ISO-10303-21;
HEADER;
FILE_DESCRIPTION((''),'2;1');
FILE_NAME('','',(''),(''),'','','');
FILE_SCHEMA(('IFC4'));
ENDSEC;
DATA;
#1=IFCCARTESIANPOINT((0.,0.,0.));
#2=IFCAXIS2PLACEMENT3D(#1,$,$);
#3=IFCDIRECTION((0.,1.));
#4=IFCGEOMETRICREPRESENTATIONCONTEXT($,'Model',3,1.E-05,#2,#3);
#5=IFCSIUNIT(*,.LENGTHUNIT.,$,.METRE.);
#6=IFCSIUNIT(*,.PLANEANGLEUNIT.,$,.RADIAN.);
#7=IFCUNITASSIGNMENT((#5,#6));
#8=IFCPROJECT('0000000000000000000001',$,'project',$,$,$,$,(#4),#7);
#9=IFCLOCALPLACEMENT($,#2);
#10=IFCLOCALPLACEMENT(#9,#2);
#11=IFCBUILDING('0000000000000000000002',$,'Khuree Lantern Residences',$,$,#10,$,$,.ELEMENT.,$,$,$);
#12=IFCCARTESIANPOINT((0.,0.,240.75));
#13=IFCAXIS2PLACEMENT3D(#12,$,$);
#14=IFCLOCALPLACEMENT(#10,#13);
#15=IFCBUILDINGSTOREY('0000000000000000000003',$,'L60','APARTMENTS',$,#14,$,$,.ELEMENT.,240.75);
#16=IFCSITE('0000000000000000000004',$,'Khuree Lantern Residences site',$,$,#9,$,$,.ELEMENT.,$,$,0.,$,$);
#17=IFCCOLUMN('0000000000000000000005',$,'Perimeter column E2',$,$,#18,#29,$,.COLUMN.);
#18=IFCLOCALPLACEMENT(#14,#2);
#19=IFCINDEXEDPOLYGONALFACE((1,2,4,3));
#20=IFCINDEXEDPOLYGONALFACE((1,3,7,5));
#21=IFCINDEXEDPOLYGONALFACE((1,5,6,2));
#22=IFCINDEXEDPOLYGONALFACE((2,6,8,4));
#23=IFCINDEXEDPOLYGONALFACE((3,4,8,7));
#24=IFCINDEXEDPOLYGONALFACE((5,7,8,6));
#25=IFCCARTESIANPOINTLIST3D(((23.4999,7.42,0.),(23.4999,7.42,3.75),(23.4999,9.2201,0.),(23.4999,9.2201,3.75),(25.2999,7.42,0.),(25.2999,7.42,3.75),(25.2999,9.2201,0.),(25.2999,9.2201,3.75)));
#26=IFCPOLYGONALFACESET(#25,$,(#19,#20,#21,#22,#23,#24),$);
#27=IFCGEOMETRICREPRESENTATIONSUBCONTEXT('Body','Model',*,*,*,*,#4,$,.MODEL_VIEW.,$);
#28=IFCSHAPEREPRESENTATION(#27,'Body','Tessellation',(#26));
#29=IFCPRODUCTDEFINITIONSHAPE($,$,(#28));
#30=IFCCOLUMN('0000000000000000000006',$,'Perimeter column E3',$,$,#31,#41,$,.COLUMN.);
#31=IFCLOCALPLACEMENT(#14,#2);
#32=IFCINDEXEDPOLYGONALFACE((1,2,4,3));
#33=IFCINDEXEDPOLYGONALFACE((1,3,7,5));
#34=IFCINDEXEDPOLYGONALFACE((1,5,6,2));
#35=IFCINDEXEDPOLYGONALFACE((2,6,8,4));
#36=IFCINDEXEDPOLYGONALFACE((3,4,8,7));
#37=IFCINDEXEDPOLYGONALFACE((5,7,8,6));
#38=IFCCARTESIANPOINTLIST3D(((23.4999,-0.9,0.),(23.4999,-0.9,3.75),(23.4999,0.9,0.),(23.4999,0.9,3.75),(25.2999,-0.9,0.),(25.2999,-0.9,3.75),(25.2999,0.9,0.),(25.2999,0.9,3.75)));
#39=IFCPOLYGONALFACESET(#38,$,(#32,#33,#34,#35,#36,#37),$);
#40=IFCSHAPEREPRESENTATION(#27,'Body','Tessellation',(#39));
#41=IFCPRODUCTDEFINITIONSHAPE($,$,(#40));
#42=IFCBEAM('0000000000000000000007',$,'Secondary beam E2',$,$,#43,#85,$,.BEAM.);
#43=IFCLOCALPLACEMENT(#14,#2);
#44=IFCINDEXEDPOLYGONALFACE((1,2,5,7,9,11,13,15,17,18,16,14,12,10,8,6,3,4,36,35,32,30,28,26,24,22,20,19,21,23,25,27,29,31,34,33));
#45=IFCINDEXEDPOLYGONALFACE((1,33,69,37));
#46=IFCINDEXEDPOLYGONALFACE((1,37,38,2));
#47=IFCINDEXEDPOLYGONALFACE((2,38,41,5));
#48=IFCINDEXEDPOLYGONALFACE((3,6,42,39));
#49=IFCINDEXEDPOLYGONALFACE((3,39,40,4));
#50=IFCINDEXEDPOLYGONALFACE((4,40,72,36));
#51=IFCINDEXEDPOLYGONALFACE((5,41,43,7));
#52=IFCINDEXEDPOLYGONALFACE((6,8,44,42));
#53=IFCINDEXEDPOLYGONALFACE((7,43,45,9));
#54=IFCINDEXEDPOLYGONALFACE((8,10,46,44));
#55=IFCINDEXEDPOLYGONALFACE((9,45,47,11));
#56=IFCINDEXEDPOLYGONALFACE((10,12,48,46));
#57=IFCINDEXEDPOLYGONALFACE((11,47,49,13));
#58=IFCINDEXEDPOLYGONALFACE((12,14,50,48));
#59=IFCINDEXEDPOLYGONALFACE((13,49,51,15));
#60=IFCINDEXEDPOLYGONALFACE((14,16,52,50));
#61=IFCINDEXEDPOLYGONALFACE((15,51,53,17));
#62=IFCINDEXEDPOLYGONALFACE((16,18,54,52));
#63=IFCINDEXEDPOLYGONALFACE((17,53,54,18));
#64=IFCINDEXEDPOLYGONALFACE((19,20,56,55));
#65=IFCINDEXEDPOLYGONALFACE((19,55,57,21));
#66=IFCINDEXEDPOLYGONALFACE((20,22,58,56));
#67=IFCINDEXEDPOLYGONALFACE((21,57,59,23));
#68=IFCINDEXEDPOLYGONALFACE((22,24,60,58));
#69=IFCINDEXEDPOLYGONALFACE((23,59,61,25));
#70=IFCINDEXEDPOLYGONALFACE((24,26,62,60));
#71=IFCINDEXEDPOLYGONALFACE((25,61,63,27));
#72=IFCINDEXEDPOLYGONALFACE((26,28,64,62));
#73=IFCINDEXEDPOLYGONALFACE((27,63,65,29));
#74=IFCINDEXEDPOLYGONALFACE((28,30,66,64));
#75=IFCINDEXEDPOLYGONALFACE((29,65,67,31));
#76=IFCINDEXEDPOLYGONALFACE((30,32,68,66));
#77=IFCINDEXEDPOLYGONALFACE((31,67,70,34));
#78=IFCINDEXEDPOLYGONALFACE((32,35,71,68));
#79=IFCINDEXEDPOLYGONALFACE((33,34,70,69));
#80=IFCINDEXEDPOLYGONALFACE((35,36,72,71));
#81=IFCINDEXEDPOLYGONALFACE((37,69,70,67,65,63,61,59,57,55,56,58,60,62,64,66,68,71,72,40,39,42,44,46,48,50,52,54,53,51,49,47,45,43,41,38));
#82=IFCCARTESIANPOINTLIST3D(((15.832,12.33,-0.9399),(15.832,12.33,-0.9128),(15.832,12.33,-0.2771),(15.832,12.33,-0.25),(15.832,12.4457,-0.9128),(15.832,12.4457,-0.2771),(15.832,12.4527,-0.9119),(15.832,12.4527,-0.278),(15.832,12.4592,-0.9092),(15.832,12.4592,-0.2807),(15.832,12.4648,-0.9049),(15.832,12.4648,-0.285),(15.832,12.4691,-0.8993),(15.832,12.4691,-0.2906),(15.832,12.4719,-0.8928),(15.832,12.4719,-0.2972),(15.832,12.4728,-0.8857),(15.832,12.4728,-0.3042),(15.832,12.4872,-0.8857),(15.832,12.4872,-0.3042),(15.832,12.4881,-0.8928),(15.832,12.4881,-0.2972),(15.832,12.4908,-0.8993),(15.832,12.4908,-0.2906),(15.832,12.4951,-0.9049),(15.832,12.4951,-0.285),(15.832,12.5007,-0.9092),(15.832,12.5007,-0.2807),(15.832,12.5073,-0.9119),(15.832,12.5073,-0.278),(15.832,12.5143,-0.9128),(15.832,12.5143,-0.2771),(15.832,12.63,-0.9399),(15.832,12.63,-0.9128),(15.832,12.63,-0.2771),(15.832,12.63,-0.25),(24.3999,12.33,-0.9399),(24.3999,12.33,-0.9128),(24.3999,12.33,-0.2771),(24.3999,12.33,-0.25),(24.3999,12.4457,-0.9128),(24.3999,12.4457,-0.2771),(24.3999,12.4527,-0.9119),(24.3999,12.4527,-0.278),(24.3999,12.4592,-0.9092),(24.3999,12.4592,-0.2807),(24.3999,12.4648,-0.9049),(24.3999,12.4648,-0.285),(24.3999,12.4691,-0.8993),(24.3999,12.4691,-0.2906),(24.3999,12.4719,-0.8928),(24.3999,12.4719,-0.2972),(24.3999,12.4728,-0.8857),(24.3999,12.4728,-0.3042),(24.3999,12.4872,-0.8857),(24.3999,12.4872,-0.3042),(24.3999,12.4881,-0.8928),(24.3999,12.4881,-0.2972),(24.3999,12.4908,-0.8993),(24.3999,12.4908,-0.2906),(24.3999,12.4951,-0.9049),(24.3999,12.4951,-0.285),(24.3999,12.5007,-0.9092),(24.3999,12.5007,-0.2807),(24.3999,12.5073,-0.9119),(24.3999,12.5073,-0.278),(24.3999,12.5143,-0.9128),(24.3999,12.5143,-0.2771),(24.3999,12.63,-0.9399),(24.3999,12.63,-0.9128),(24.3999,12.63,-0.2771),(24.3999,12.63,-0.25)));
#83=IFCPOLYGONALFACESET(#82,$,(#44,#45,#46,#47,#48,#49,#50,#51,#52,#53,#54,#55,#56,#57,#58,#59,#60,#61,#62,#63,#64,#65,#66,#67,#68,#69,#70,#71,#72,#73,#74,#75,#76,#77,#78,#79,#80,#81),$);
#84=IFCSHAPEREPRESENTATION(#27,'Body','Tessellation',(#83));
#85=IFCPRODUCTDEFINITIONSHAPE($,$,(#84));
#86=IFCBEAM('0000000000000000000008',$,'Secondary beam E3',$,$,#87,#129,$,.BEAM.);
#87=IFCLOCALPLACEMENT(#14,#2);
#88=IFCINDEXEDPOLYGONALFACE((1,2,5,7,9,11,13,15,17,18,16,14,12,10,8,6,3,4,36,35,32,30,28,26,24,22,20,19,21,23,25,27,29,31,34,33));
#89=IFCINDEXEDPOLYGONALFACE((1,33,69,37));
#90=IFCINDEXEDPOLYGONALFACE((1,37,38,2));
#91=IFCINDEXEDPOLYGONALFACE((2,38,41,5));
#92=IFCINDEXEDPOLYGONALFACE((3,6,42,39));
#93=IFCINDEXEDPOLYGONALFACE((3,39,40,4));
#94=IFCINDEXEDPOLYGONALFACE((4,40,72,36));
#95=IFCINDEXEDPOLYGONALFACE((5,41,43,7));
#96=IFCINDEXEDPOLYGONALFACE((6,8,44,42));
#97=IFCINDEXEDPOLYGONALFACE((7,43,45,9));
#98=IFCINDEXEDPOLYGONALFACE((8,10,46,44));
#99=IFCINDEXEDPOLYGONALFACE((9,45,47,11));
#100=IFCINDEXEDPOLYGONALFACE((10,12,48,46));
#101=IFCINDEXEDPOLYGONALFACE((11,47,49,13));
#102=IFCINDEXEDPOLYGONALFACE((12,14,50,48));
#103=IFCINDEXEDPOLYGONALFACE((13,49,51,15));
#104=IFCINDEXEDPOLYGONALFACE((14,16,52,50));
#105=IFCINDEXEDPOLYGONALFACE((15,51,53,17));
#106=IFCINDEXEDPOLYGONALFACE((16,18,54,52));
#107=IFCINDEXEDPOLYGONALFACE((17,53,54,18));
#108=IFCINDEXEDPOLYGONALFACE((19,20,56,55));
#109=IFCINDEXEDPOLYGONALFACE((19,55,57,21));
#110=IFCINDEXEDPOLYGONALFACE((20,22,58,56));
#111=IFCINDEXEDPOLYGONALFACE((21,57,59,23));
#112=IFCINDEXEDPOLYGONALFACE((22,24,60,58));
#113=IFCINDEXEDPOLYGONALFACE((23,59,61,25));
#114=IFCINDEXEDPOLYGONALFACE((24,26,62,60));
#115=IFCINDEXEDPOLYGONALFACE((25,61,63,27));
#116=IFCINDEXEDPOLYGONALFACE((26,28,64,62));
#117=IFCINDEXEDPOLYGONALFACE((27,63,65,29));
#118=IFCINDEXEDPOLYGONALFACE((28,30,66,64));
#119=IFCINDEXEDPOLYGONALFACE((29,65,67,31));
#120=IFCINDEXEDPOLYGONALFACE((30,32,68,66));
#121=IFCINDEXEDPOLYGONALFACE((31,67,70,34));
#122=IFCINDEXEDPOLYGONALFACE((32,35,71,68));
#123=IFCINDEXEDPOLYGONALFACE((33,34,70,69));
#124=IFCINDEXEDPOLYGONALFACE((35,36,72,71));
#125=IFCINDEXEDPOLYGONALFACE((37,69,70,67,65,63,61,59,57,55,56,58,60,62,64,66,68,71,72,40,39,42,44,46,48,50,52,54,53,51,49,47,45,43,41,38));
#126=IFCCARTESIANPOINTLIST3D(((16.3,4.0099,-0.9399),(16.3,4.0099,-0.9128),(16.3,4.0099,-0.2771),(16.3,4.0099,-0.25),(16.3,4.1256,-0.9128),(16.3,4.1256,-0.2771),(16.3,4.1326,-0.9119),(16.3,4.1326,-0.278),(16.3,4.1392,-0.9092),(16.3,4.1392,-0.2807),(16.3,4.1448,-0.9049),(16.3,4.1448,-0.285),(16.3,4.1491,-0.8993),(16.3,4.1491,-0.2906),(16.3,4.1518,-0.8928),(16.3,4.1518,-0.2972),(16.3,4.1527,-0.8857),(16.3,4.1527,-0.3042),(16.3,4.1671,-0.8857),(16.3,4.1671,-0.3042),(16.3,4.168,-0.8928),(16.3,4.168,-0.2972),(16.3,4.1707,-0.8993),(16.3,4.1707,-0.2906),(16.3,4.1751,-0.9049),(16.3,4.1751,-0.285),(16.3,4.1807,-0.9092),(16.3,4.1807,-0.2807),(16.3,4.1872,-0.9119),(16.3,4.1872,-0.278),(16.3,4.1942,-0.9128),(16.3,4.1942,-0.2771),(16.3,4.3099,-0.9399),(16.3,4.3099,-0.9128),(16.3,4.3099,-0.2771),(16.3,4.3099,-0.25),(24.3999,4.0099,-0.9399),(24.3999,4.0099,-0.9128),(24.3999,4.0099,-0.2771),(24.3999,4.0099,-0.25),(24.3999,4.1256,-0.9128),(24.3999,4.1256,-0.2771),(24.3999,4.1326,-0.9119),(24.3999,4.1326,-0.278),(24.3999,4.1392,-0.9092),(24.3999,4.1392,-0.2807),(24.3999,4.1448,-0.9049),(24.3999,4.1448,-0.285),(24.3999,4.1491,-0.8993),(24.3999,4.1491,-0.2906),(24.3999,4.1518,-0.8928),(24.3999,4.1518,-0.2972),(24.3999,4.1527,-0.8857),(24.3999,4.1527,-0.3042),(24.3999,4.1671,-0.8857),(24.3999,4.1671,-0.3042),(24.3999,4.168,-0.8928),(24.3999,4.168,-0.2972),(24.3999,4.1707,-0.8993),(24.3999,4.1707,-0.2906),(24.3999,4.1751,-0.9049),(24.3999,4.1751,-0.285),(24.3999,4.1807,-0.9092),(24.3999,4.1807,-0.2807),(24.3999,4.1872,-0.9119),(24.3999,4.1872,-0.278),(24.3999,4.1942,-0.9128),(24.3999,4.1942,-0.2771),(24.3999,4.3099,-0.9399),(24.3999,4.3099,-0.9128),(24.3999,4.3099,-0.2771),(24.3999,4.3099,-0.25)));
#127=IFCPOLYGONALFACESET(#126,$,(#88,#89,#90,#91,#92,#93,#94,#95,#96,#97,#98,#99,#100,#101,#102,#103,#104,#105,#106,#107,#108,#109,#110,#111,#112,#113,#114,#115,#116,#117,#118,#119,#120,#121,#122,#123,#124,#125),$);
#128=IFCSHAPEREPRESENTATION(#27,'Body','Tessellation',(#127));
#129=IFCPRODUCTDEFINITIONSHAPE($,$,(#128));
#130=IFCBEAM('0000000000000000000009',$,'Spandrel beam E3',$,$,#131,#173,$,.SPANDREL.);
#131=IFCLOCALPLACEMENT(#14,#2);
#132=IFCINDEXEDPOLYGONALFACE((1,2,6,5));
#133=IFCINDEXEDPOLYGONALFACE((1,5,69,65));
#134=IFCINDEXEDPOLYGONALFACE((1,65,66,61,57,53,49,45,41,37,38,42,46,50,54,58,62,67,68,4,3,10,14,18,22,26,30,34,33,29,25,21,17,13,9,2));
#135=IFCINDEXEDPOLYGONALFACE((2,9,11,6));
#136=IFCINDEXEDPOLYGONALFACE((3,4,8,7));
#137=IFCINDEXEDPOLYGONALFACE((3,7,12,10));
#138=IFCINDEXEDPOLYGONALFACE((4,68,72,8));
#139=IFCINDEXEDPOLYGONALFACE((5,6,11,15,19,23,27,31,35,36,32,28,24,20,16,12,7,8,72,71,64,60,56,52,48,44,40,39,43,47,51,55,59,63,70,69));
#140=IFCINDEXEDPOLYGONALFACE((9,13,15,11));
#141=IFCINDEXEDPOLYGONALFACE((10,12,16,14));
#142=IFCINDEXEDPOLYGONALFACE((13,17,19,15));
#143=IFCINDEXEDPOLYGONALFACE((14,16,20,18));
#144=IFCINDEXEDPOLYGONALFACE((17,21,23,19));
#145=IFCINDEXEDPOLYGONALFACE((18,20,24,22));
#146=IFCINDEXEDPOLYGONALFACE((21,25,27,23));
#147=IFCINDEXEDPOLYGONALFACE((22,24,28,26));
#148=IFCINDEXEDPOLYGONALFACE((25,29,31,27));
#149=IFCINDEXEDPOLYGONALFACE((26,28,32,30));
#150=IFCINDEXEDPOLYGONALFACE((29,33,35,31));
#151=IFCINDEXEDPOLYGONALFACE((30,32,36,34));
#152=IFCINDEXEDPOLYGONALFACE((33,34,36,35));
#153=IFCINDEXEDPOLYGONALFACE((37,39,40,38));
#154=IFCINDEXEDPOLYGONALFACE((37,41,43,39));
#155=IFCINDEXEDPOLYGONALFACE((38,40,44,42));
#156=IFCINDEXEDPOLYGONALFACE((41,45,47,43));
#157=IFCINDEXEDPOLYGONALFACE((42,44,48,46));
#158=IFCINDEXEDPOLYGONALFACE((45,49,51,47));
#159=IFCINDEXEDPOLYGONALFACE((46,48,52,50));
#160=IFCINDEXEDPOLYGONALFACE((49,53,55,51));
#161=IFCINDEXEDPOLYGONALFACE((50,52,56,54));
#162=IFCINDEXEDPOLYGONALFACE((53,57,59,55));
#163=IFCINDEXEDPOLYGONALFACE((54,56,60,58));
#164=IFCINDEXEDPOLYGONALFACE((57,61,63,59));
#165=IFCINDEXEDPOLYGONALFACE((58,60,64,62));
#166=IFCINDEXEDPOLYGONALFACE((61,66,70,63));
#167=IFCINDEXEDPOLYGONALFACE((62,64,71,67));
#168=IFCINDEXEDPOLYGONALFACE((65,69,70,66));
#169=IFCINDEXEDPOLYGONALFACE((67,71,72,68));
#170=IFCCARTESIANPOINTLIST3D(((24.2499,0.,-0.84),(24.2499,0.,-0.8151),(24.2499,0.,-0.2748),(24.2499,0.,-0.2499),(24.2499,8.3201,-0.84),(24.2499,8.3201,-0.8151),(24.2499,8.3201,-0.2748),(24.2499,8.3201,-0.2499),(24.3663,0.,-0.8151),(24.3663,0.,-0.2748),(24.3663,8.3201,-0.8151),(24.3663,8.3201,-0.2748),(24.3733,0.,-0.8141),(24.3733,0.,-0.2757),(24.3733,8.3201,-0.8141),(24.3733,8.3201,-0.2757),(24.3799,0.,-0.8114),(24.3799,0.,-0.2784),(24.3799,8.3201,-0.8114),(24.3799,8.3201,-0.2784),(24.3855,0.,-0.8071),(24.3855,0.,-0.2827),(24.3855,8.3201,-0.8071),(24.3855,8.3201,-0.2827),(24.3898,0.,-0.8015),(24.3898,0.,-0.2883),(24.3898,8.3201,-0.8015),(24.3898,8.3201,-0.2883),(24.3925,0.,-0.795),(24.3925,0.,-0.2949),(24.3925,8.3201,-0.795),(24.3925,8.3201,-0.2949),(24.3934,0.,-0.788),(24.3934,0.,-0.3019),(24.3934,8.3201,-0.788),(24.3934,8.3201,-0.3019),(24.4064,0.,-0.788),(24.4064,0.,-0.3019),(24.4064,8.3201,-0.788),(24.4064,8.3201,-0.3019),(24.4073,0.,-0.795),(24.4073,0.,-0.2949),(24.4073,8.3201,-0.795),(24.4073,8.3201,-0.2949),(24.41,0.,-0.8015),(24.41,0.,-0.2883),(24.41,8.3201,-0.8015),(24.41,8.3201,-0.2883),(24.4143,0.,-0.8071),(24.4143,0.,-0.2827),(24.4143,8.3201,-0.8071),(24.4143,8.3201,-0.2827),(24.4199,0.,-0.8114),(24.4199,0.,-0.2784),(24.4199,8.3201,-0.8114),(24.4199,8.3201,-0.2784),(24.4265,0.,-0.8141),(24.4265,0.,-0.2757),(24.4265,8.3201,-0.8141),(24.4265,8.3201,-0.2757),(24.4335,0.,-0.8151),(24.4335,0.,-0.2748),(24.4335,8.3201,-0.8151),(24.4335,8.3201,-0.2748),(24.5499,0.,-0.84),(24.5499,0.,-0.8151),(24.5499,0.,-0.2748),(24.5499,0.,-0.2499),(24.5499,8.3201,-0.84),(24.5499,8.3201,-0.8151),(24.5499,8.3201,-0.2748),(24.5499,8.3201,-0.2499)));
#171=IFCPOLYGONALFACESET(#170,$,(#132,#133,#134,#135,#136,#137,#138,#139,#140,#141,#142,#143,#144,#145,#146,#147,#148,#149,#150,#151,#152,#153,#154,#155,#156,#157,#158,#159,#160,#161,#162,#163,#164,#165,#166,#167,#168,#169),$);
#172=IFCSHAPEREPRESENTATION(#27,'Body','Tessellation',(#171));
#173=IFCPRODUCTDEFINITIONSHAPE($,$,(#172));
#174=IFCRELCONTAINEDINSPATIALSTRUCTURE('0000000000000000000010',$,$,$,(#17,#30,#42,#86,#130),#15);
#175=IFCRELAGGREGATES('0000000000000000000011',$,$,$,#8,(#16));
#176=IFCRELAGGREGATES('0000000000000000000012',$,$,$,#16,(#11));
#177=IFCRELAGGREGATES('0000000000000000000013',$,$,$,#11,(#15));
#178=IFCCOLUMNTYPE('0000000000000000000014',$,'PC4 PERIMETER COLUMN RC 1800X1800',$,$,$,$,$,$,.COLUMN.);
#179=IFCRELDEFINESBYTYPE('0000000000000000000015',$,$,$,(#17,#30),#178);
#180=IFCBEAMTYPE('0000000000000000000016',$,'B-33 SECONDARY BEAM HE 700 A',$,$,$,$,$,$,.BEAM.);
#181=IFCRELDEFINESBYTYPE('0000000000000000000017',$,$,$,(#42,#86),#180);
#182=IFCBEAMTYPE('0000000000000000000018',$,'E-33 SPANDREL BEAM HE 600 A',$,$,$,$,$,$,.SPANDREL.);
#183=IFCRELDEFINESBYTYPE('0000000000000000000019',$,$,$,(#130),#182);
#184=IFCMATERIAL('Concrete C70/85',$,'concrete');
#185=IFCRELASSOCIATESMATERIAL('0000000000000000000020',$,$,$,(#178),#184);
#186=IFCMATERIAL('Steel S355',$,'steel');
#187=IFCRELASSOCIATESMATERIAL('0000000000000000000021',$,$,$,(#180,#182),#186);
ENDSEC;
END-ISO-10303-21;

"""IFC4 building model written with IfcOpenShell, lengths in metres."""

from ifc_helpers import new_model, si_unit, direction, frame, origin, origin_2d, place, context, subcontext, project, spatial, rectangle, i_section, extrude, material, material_profile, profile_set, type_object, element, save


model = new_model("IFC4")

# Units and contexts
model_context = context("Model", 3, precision=1e-05, world=origin(), true_north=direction((0.0, 1.0)))
body_context = subcontext(model_context, "Body", "Model", "MODEL_VIEW")
ifc_project = project(units=[si_unit("LENGTHUNIT", "METRE"), si_unit("PLANEANGLEUNIT", "RADIAN")], contexts=[model_context])

# Site, building, storey
site_placement = place(None, origin())
site = spatial("IfcSite", under=ifc_project, at=site_placement, Name="Khuree Lantern Residences site", CompositionType="ELEMENT", RefElevation=0.0)
building_placement = place(site_placement, origin())
building = spatial("IfcBuilding", under=site, at=building_placement, Name="Khuree Lantern Residences", CompositionType="ELEMENT")
storey_placement = place(building_placement, frame((0.0, 0.0, 240.75)))
storey = spatial("IfcBuildingStorey", under=building, at=storey_placement, Name="L60", Description="APARTMENTS", CompositionType="ELEMENT", Elevation=240.75)

# Columns
ifc_material_1 = material(Name="Concrete C70/85", Category="concrete")
ifc_material_profile_1 = material_profile(ifc_material_1, rectangle(XDim=1.8, YDim=1.8, at=origin_2d()), Name="RC 1800X1800")
ifc_profile_set_1 = profile_set([ifc_material_profile_1], Name="Concrete C70/85")
column_type = type_object("IfcColumnType", Name="PC4 PERIMETER COLUMN RC 1800X1800", PredefinedType="COLUMN", material=ifc_profile_set_1)
for number, where, z_axis, x_axis, name in (
    (1, (24.3999, 8.3201, 0.0), (0.0, 0.0, 1.0), (0.0, 1.0, 0.0), "Perimeter column E2"),
    (2, (24.3999, 0.0, 0.0), (0.0, 0.0, 1.0), (0.0, 1.0, 0.0), "Perimeter column E3"),
):
    element("IfcColumn", number, at=place(storey_placement, frame(where, z_axis=z_axis, x_axis=x_axis)), inside=storey, type_object=column_type, Name=name, PredefinedType="COLUMN", context=body_context, shape_type="SweptSolid", body=[
        extrude(rectangle(XDim=1.8, YDim=1.8, at=origin_2d()), origin(), (0.0, 0.0, 1.0), 3.75),
    ])

# Beams
ifc_material_2 = material(Name="Steel S355", Category="steel")
ifc_material_profile_2 = material_profile(ifc_material_2, i_section(OverallWidth=0.3, OverallDepth=0.6899, WebThickness=0.0144, FlangeThickness=0.0271, FilletRadius=0.0271, at=origin_2d()), Name="HE 700 A")
ifc_profile_set_2 = profile_set([ifc_material_profile_2], Name="Steel S355")
beam_type_1 = type_object("IfcBeamType", Name="B-33 SECONDARY BEAM HE 700 A", PredefinedType="BEAM", material=ifc_profile_set_2)
beam_1_placement = place(storey_placement, frame((24.3999, 12.48, -0.595), z_axis=(-1.0, 0.0, 0.0), x_axis=(0.0, -1.0, 0.0)))
element("IfcBeam", 3, at=beam_1_placement, inside=storey, type_object=beam_type_1, Name="Secondary beam E2", PredefinedType="BEAM", context=body_context, shape_type="SweptSolid", body=[
    extrude(i_section(OverallWidth=0.3, OverallDepth=0.6899, WebThickness=0.0144, FlangeThickness=0.0271, FilletRadius=0.0271, at=origin_2d()), origin(), (0.0, 0.0, 1.0), 8.5679),
])
beam_2_placement = place(storey_placement, frame((24.3999, 4.1599, -0.595), z_axis=(-1.0, 0.0, 0.0), x_axis=(0.0, -1.0, 0.0)))
element("IfcBeam", 4, at=beam_2_placement, inside=storey, type_object=beam_type_1, Name="Secondary beam E3", PredefinedType="BEAM", context=body_context, shape_type="SweptSolid", body=[
    extrude(i_section(OverallWidth=0.3, OverallDepth=0.6899, WebThickness=0.0144, FlangeThickness=0.0271, FilletRadius=0.0271, at=origin_2d()), origin(), (0.0, 0.0, 1.0), 8.0999),
])
ifc_material_profile_3 = material_profile(ifc_material_2, i_section(OverallWidth=0.3, OverallDepth=0.5901, WebThickness=0.0129, FlangeThickness=0.0249, FilletRadius=0.0271, at=origin_2d()), Name="HE 600 A")
ifc_profile_set_3 = profile_set([ifc_material_profile_3], Name="Steel S355")
beam_type_2 = type_object("IfcBeamType", Name="E-33 SPANDREL BEAM HE 600 A", PredefinedType="SPANDREL", material=ifc_profile_set_3)
for number, where, z_axis, x_axis, name in (
    (5, (24.3999, 8.3201, -0.5449), (0.0, -1.0, 0.0), (1.0, 0.0, 0.0), "Spandrel beam E3"),
):
    element("IfcBeam", number, at=place(storey_placement, frame(where, z_axis=z_axis, x_axis=x_axis)), inside=storey, type_object=beam_type_2, Name=name, PredefinedType="SPANDREL", context=body_context, shape_type="SweptSolid", body=[
        extrude(i_section(OverallWidth=0.3, OverallDepth=0.5901, WebThickness=0.0129, FlangeThickness=0.0249, FilletRadius=0.0271, at=origin_2d()), origin(), (0.0, 0.0, 1.0), 8.3201),
    ])

save(model, "model.ifc")
